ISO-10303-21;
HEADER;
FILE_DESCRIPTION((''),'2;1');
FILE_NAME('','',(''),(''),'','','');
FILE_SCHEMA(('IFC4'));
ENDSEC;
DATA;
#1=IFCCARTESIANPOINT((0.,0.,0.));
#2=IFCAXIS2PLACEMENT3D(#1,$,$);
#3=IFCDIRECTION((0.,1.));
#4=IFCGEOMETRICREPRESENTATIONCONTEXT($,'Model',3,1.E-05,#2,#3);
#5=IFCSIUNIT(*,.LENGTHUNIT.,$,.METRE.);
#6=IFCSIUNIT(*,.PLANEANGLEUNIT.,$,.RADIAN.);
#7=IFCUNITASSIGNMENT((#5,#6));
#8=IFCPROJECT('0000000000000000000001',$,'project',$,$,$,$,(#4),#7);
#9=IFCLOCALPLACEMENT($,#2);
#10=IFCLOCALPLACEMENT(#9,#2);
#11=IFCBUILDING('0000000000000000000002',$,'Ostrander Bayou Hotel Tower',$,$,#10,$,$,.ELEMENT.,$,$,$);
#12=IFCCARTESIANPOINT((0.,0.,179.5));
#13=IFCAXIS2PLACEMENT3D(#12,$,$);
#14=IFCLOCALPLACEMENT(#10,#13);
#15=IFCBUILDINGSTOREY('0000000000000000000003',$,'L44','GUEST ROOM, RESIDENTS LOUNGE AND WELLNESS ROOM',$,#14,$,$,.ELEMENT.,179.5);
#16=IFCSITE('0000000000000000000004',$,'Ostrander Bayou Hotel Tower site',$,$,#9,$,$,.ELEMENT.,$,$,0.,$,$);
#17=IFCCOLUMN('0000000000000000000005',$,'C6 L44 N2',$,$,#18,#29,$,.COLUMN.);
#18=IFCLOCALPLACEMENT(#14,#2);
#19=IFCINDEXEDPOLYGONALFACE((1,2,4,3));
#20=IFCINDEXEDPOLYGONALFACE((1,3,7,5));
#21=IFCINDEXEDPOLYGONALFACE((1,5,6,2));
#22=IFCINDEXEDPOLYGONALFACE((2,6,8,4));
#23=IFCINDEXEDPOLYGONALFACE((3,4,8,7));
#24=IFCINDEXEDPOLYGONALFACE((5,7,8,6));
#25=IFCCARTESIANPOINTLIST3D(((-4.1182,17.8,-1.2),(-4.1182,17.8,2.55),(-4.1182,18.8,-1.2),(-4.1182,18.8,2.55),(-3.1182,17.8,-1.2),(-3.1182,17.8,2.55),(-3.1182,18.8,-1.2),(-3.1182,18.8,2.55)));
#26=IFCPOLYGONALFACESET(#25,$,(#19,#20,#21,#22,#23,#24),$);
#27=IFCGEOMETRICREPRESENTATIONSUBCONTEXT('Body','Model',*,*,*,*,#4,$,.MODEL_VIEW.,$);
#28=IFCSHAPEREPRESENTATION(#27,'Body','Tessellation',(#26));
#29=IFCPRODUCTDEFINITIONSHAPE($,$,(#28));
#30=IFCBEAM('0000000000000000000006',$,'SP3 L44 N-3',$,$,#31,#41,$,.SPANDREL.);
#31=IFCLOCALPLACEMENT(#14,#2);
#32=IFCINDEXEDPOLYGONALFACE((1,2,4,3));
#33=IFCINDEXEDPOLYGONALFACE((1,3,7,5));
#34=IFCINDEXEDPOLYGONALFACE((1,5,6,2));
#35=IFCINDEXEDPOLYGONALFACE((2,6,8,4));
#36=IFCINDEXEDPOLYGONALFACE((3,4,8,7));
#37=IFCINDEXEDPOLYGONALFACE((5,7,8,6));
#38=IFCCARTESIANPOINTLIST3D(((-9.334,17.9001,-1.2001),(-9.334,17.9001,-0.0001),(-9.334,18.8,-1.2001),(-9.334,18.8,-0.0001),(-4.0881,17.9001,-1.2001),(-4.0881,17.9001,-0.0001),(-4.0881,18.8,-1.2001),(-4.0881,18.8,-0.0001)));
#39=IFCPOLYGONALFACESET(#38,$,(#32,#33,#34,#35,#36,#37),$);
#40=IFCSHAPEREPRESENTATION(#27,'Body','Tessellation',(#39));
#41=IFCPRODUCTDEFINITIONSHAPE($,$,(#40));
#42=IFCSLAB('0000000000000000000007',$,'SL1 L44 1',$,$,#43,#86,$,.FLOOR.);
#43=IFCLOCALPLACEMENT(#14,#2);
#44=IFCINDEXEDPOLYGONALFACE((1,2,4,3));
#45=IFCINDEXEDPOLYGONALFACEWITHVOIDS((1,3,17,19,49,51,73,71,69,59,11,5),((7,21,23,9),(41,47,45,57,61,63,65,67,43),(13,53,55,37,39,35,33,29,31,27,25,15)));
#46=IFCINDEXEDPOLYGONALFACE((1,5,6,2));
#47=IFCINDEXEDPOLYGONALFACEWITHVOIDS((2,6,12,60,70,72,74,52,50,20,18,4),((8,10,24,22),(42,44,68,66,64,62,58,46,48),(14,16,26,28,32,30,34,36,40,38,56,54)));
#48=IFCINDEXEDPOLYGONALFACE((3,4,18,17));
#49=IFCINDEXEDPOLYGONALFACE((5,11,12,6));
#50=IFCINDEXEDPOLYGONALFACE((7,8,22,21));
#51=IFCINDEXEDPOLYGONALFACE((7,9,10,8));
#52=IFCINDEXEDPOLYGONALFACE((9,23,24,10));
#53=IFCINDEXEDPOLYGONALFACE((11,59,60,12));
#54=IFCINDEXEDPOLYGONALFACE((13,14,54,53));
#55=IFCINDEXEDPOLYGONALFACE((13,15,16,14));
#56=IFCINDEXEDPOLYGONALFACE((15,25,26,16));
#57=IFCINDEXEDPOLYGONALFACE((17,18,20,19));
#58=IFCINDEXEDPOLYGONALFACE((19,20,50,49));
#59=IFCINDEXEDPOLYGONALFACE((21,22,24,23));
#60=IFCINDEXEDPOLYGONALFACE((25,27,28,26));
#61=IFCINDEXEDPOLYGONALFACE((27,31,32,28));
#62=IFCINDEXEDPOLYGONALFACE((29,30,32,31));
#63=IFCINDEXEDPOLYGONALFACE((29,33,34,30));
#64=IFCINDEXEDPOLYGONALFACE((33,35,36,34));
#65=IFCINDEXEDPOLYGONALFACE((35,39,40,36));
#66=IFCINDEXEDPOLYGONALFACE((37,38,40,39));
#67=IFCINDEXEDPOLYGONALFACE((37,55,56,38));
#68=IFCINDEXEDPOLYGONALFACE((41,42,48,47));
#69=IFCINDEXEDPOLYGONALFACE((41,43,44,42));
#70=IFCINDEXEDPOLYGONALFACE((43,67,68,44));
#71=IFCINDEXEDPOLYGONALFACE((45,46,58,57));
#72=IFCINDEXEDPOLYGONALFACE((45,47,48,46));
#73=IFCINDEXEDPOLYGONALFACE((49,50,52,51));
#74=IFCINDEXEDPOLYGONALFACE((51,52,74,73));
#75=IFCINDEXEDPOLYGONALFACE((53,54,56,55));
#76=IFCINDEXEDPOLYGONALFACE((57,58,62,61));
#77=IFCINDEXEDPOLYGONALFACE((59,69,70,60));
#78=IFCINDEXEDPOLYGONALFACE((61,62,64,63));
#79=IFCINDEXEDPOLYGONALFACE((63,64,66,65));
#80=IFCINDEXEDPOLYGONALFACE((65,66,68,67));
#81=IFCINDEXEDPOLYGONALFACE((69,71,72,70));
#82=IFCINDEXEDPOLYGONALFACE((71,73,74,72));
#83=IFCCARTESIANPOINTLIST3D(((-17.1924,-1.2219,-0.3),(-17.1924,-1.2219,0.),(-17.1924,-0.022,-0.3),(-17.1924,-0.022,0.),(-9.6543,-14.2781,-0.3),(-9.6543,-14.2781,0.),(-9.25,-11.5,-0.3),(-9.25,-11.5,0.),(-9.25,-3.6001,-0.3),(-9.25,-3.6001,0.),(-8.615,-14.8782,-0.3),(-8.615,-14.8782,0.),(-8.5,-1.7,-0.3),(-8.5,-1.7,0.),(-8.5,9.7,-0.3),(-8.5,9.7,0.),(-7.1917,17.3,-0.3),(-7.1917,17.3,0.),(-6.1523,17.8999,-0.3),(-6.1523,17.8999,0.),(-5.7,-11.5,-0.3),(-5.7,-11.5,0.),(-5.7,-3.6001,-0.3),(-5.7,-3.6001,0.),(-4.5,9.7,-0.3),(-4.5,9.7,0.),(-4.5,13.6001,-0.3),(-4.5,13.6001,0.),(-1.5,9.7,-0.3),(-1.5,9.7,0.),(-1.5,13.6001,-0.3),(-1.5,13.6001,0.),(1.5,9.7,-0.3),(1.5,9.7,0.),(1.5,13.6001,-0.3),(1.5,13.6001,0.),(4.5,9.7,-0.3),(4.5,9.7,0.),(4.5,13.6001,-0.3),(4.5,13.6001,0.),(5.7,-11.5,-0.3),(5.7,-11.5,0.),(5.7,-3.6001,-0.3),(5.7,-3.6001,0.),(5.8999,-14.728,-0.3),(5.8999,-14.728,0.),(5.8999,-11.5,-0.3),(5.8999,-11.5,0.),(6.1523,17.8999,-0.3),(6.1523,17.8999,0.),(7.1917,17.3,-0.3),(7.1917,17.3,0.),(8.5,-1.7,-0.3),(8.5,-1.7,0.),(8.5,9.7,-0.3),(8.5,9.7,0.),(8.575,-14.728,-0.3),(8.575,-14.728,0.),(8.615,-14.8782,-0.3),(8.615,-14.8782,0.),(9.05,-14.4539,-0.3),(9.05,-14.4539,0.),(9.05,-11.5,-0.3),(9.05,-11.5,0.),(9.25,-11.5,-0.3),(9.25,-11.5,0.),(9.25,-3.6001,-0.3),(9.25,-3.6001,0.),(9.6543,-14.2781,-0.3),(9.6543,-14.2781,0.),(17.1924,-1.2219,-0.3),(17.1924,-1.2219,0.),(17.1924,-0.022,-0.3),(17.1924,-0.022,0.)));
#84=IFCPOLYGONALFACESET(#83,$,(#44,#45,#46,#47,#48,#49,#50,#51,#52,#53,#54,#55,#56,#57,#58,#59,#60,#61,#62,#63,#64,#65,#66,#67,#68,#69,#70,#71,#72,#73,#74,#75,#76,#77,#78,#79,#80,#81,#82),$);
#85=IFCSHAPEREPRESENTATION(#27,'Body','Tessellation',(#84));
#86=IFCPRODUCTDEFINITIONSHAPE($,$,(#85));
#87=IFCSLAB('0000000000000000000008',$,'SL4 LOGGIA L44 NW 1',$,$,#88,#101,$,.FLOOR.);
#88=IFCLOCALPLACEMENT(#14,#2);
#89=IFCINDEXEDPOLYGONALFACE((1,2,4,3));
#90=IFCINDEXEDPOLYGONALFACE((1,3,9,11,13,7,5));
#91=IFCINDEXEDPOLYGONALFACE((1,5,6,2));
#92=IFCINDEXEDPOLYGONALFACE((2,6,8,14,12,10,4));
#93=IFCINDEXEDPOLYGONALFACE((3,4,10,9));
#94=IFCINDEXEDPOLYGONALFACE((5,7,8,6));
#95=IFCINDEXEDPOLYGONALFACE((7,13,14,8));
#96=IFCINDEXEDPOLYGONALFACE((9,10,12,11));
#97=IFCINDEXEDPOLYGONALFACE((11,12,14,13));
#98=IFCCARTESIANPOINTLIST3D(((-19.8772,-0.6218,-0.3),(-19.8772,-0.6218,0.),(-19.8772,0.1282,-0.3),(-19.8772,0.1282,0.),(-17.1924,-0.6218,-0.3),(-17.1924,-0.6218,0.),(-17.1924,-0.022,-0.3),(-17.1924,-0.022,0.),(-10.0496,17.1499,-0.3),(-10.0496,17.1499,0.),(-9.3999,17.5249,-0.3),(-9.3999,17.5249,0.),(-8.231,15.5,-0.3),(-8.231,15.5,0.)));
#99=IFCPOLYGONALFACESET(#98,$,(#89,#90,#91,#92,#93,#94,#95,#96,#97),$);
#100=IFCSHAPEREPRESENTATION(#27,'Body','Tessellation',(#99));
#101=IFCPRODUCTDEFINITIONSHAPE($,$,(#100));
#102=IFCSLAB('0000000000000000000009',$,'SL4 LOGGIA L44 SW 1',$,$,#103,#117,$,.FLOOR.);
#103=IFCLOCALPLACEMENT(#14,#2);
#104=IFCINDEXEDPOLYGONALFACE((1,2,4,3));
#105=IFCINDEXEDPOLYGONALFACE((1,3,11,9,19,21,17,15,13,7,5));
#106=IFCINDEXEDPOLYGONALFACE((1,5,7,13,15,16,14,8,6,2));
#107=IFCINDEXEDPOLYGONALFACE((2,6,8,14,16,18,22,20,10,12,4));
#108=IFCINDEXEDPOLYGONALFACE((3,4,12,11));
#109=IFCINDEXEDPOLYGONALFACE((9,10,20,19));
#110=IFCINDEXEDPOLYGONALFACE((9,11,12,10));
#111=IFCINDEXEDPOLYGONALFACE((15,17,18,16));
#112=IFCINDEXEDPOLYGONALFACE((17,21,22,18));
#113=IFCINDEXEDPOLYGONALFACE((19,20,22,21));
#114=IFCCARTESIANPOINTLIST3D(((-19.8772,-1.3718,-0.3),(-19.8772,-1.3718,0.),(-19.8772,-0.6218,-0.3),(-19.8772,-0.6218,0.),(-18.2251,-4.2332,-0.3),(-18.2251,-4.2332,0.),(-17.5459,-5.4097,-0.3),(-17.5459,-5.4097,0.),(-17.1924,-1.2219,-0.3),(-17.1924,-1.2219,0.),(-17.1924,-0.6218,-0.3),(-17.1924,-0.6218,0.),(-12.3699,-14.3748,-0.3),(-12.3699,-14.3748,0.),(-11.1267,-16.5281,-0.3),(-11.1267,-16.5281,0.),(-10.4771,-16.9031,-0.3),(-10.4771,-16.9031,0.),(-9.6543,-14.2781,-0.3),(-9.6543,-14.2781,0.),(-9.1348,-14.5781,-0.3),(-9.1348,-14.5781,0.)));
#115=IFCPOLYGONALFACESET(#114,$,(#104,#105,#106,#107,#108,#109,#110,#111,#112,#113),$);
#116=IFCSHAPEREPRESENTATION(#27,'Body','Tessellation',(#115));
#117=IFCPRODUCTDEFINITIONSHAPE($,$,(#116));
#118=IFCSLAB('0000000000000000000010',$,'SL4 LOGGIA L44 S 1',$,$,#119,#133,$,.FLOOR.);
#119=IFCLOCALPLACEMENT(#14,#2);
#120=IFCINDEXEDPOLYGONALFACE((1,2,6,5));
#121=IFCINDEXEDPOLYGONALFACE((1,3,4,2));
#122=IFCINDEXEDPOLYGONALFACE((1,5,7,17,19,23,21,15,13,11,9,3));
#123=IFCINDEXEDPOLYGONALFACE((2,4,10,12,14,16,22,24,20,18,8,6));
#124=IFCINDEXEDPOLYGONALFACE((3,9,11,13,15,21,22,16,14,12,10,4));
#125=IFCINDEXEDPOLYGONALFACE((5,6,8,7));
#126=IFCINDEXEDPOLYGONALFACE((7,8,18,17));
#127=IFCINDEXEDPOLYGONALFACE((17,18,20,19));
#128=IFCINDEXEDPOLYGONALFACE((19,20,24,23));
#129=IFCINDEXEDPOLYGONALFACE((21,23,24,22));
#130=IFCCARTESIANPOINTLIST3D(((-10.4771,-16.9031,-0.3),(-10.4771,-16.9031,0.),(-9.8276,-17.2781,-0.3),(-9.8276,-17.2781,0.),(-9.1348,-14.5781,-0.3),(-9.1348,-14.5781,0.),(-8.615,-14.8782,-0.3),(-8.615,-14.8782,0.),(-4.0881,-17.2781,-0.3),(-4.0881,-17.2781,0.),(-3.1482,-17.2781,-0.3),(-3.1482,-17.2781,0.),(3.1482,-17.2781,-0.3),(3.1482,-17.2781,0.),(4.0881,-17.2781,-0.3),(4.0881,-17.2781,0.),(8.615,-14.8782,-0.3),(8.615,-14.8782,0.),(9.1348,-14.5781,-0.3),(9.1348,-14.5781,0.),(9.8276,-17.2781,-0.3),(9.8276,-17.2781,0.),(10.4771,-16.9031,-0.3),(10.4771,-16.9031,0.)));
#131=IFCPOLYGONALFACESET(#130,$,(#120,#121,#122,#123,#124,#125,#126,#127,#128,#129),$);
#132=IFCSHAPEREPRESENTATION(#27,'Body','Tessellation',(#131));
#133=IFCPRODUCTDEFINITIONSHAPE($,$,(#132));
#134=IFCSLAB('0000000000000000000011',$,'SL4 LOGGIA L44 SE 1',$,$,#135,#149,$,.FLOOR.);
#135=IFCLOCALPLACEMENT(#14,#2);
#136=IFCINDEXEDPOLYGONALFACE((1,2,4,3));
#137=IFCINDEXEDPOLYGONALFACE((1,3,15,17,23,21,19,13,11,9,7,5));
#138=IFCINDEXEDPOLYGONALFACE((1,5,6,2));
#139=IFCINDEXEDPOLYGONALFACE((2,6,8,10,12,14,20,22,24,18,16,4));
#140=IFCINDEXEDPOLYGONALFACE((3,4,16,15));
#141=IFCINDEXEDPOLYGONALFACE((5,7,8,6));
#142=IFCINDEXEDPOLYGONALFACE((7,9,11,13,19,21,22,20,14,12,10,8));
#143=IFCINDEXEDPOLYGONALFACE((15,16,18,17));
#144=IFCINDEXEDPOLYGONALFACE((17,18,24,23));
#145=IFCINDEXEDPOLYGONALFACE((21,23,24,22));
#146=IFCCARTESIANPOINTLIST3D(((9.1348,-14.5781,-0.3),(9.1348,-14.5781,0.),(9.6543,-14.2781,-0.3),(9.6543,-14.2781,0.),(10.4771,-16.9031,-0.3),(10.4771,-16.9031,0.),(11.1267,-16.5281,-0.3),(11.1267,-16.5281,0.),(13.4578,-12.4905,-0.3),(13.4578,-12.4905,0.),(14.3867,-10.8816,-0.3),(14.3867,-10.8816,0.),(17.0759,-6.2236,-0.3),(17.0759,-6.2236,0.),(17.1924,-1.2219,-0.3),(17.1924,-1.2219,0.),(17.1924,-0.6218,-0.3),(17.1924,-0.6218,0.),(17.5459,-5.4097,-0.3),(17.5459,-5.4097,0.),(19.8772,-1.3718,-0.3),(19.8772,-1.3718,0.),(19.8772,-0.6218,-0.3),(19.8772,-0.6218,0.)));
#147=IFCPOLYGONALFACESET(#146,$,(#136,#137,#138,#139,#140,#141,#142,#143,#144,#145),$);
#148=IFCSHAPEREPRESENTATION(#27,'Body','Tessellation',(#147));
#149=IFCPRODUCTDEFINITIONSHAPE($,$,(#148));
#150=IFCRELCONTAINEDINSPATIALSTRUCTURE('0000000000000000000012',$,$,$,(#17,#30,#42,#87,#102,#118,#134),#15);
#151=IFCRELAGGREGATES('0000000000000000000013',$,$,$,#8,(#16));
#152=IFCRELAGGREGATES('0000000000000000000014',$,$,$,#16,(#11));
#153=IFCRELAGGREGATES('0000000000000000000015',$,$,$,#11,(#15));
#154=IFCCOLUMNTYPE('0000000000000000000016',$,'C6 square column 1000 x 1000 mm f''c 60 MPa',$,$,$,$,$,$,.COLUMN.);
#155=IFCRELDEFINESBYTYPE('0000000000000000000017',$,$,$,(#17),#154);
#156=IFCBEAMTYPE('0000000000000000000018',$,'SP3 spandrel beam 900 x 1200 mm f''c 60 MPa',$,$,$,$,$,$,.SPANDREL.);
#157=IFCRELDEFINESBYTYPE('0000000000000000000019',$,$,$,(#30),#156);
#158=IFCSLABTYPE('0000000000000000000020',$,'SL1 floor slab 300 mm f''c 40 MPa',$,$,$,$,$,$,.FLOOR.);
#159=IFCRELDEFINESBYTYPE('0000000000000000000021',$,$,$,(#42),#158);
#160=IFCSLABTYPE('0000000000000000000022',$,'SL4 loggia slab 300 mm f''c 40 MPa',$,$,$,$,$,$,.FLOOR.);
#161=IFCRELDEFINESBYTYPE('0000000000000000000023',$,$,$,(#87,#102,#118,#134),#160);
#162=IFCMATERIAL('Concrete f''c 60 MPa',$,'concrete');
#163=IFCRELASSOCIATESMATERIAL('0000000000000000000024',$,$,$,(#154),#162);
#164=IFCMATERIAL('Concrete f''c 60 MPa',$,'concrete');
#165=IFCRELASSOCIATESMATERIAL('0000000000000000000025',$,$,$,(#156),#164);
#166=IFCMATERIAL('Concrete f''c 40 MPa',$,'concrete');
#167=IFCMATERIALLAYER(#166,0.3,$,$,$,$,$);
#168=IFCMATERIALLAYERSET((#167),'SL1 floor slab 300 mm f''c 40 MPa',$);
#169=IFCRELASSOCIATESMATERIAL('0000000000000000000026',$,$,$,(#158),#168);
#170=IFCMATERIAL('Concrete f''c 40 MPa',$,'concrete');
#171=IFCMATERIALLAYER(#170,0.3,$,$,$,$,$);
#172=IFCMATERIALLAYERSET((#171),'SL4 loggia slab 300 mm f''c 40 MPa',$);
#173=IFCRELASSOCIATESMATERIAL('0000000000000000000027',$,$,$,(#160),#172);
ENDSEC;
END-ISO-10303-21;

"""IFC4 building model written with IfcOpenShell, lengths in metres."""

from ifc_helpers import new_model, si_unit, direction, frame, origin, origin_2d, place, context, subcontext, project, spatial, polyline, rectangle, outline, extrude, material, layer, layer_set, material_profile, profile_set, type_object, element, save


model = new_model("IFC4")

# Units and contexts
model_context = context("Model", 3, precision=1e-05, world=origin(), true_north=direction((0.0, 1.0)))
body_context = subcontext(model_context, "Body", "Model", "MODEL_VIEW")
ifc_project = project(units=[si_unit("LENGTHUNIT", "METRE"), si_unit("PLANEANGLEUNIT", "RADIAN")], contexts=[model_context])

# Site, building, storey
site_placement = place(None, origin())
site = spatial("IfcSite", under=ifc_project, at=site_placement, Name="Ostrander Bayou Hotel Tower site", CompositionType="ELEMENT", RefElevation=0.0)
building_placement = place(site_placement, origin())
building = spatial("IfcBuilding", under=site, at=building_placement, Name="Ostrander Bayou Hotel Tower", CompositionType="ELEMENT")
storey_placement = place(building_placement, frame((0.0, 0.0, 179.5)))
storey = spatial("IfcBuildingStorey", under=building, at=storey_placement, Name="L44", Description="GUEST ROOM, RESIDENTS LOUNGE AND WELLNESS ROOM", CompositionType="ELEMENT", Elevation=179.5)

# Column
ifc_material_1 = material(Name="Concrete f'c 60 MPa", Category="concrete")
ifc_material_profile_1 = material_profile(ifc_material_1, rectangle(XDim=1.0, YDim=1.0, at=origin_2d()))
ifc_profile_set_1 = profile_set([ifc_material_profile_1], Name="Concrete f'c 60 MPa")
column_type = type_object("IfcColumnType", Name="C6 square column 1000 x 1000 mm f'c 60 MPa", PredefinedType="COLUMN", material=ifc_profile_set_1)
column_placement = place(storey_placement, frame((-3.6182, 18.3, -1.2), z_axis=(0.0, 0.0, 1.0), x_axis=(1.0, 0.0, 0.0)))
element("IfcColumn", 1, at=column_placement, inside=storey, type_object=column_type, Name="C6 L44 N2", PredefinedType="COLUMN", context=body_context, shape_type="SweptSolid", body=[
    extrude(rectangle(XDim=1.0, YDim=1.0, at=origin_2d()), origin(), (0.0, 0.0, 1.0), 3.75),
])

# Beam
ifc_material_2 = material(Name="Concrete f'c 60 MPa", Category="concrete")
ifc_material_profile_2 = material_profile(ifc_material_2, rectangle(XDim=0.8999, YDim=1.2, at=origin_2d()))
ifc_profile_set_2 = profile_set([ifc_material_profile_2], Name="Concrete f'c 60 MPa")
beam_type = type_object("IfcBeamType", Name="SP3 spandrel beam 900 x 1200 mm f'c 60 MPa", PredefinedType="SPANDREL", material=ifc_profile_set_2)
beam_placement = place(storey_placement, frame((-4.0881, 18.3501, -0.6001), z_axis=(-1.0, 0.0, 0.0), x_axis=(0.0, -1.0, 0.0)))
element("IfcBeam", 2, at=beam_placement, inside=storey, type_object=beam_type, Name="SP3 L44 N-3", PredefinedType="SPANDREL", context=body_context, shape_type="SweptSolid", body=[
    extrude(rectangle(XDim=0.8999, YDim=1.2, at=origin_2d()), origin(), (0.0, 0.0, 1.0), 5.2458),
])

# Slabs
ifc_material_3 = material(Name="Concrete f'c 40 MPa", Category="concrete")
ifc_layer_1 = layer(ifc_material_3, 0.3)
ifc_layer_set_1 = layer_set([ifc_layer_1], Name="SL1 floor slab 300 mm f'c 40 MPa")
slab_type_1 = type_object("IfcSlabType", Name="SL1 floor slab 300 mm f'c 40 MPa", PredefinedType="FLOOR", material=ifc_layer_set_1)
slab_1_placement = place(storey_placement, frame((0.0, 0.0, -0.3)))
element("IfcSlab", 3, at=slab_1_placement, inside=storey, type_object=slab_type_1, Name="SL1 L44 1", PredefinedType="FLOOR", context=body_context, shape_type="SweptSolid", body=[
    extrude(outline(polyline([(7.1917, 17.3), (17.1924, -0.022), (17.1924, -1.2219), (9.6543, -14.2781), (8.615, -14.8782), (-8.615, -14.8782), (-9.6543, -14.2781), (-17.1924, -1.2219), (-17.1924, -0.022), (-7.1917, 17.3), (-6.1523, 17.8999), (6.1523, 17.8999), (7.1917, 17.3)]), holes=[polyline([(9.05, -11.5), (9.25, -11.5), (9.25, -3.6001), (5.7, -3.6001), (5.7, -11.5), (5.8999, -11.5), (5.8999, -14.728), (8.575, -14.728), (9.05, -14.4539), (9.05, -11.5)]), polyline([(-8.5, -1.7), (8.5, -1.7), (8.5, 9.7), (4.5, 9.7), (4.5, 13.6001), (1.5, 13.6001), (1.5, 9.7), (-1.5, 9.7), (-1.5, 13.6001), (-4.5, 13.6001), (-4.5, 9.7), (-8.5, 9.7), (-8.5, -1.7)]), polyline([(-5.7, -3.6001), (-9.25, -3.6001), (-9.25, -11.5), (-5.7, -11.5), (-5.7, -3.6001)])]), origin(), (0.0, 0.0, 1.0), 0.3),
])
ifc_material_4 = material(Name="Concrete f'c 40 MPa", Category="concrete")
ifc_layer_2 = layer(ifc_material_4, 0.3)
ifc_layer_set_2 = layer_set([ifc_layer_2], Name="SL4 loggia slab 300 mm f'c 40 MPa")
slab_type_2 = type_object("IfcSlabType", Name="SL4 loggia slab 300 mm f'c 40 MPa", PredefinedType="FLOOR", material=ifc_layer_set_2)
slab_2_placement = place(storey_placement, frame((0.0, 0.0, -0.3)))
element("IfcSlab", 4, at=slab_2_placement, inside=storey, type_object=slab_type_2, Name="SL4 LOGGIA L44 NW 1", PredefinedType="FLOOR", context=body_context, shape_type="SweptSolid", body=[
    extrude(outline(polyline([(-19.8772, -0.6218), (-19.8772, 0.1282), (-10.0496, 17.1499), (-9.3999, 17.5249), (-8.231, 15.5), (-17.1924, -0.022), (-17.1924, -0.6218), (-19.8772, -0.6218)])), origin(), (0.0, 0.0, 1.0), 0.3),
])
slab_3_placement = place(storey_placement, frame((0.0, 0.0, -0.3)))
element("IfcSlab", 5, at=slab_3_placement, inside=storey, type_object=slab_type_2, Name="SL4 LOGGIA L44 SW 1", PredefinedType="FLOOR", context=body_context, shape_type="SweptSolid", body=[
    extrude(outline(polyline([(-9.1348, -14.5781), (-10.4771, -16.9031), (-11.1267, -16.5281), (-12.3699, -14.3748), (-17.5459, -5.4097), (-18.2251, -4.2332), (-19.8772, -1.3718), (-19.8772, -0.6218), (-17.1924, -0.6218), (-17.1924, -1.2219), (-9.6543, -14.2781), (-9.1348, -14.5781)])), origin(), (0.0, 0.0, 1.0), 0.3),
])
slab_4_placement = place(storey_placement, frame((0.0, 0.0, -0.3)))
element("IfcSlab", 6, at=slab_4_placement, inside=storey, type_object=slab_type_2, Name="SL4 LOGGIA L44 S 1", PredefinedType="FLOOR", context=body_context, shape_type="SweptSolid", body=[
    extrude(outline(polyline([(9.1348, -14.5781), (10.4771, -16.9031), (9.8276, -17.2781), (4.0881, -17.2781), (3.1482, -17.2781), (-3.1482, -17.2781), (-4.0881, -17.2781), (-9.8276, -17.2781), (-10.4771, -16.9031), (-9.1348, -14.5781), (-8.615, -14.8782), (8.615, -14.8782), (9.1348, -14.5781)])), origin(), (0.0, 0.0, 1.0), 0.3),
])
slab_5_placement = place(storey_placement, frame((0.0, 0.0, -0.3)))
element("IfcSlab", 7, at=slab_5_placement, inside=storey, type_object=slab_type_2, Name="SL4 LOGGIA L44 SE 1", PredefinedType="FLOOR", context=body_context, shape_type="SweptSolid", body=[
    extrude(outline(polyline([(17.1924, -0.6218), (19.8772, -0.6218), (19.8772, -1.3718), (17.5459, -5.4097), (17.0759, -6.2236), (14.3867, -10.8816), (13.4578, -12.4905), (11.1267, -16.5281), (10.4771, -16.9031), (9.1348, -14.5781), (9.6543, -14.2781), (17.1924, -1.2219), (17.1924, -0.6218)])), origin(), (0.0, 0.0, 1.0), 0.3),
])

save(model, "model.ifc")
